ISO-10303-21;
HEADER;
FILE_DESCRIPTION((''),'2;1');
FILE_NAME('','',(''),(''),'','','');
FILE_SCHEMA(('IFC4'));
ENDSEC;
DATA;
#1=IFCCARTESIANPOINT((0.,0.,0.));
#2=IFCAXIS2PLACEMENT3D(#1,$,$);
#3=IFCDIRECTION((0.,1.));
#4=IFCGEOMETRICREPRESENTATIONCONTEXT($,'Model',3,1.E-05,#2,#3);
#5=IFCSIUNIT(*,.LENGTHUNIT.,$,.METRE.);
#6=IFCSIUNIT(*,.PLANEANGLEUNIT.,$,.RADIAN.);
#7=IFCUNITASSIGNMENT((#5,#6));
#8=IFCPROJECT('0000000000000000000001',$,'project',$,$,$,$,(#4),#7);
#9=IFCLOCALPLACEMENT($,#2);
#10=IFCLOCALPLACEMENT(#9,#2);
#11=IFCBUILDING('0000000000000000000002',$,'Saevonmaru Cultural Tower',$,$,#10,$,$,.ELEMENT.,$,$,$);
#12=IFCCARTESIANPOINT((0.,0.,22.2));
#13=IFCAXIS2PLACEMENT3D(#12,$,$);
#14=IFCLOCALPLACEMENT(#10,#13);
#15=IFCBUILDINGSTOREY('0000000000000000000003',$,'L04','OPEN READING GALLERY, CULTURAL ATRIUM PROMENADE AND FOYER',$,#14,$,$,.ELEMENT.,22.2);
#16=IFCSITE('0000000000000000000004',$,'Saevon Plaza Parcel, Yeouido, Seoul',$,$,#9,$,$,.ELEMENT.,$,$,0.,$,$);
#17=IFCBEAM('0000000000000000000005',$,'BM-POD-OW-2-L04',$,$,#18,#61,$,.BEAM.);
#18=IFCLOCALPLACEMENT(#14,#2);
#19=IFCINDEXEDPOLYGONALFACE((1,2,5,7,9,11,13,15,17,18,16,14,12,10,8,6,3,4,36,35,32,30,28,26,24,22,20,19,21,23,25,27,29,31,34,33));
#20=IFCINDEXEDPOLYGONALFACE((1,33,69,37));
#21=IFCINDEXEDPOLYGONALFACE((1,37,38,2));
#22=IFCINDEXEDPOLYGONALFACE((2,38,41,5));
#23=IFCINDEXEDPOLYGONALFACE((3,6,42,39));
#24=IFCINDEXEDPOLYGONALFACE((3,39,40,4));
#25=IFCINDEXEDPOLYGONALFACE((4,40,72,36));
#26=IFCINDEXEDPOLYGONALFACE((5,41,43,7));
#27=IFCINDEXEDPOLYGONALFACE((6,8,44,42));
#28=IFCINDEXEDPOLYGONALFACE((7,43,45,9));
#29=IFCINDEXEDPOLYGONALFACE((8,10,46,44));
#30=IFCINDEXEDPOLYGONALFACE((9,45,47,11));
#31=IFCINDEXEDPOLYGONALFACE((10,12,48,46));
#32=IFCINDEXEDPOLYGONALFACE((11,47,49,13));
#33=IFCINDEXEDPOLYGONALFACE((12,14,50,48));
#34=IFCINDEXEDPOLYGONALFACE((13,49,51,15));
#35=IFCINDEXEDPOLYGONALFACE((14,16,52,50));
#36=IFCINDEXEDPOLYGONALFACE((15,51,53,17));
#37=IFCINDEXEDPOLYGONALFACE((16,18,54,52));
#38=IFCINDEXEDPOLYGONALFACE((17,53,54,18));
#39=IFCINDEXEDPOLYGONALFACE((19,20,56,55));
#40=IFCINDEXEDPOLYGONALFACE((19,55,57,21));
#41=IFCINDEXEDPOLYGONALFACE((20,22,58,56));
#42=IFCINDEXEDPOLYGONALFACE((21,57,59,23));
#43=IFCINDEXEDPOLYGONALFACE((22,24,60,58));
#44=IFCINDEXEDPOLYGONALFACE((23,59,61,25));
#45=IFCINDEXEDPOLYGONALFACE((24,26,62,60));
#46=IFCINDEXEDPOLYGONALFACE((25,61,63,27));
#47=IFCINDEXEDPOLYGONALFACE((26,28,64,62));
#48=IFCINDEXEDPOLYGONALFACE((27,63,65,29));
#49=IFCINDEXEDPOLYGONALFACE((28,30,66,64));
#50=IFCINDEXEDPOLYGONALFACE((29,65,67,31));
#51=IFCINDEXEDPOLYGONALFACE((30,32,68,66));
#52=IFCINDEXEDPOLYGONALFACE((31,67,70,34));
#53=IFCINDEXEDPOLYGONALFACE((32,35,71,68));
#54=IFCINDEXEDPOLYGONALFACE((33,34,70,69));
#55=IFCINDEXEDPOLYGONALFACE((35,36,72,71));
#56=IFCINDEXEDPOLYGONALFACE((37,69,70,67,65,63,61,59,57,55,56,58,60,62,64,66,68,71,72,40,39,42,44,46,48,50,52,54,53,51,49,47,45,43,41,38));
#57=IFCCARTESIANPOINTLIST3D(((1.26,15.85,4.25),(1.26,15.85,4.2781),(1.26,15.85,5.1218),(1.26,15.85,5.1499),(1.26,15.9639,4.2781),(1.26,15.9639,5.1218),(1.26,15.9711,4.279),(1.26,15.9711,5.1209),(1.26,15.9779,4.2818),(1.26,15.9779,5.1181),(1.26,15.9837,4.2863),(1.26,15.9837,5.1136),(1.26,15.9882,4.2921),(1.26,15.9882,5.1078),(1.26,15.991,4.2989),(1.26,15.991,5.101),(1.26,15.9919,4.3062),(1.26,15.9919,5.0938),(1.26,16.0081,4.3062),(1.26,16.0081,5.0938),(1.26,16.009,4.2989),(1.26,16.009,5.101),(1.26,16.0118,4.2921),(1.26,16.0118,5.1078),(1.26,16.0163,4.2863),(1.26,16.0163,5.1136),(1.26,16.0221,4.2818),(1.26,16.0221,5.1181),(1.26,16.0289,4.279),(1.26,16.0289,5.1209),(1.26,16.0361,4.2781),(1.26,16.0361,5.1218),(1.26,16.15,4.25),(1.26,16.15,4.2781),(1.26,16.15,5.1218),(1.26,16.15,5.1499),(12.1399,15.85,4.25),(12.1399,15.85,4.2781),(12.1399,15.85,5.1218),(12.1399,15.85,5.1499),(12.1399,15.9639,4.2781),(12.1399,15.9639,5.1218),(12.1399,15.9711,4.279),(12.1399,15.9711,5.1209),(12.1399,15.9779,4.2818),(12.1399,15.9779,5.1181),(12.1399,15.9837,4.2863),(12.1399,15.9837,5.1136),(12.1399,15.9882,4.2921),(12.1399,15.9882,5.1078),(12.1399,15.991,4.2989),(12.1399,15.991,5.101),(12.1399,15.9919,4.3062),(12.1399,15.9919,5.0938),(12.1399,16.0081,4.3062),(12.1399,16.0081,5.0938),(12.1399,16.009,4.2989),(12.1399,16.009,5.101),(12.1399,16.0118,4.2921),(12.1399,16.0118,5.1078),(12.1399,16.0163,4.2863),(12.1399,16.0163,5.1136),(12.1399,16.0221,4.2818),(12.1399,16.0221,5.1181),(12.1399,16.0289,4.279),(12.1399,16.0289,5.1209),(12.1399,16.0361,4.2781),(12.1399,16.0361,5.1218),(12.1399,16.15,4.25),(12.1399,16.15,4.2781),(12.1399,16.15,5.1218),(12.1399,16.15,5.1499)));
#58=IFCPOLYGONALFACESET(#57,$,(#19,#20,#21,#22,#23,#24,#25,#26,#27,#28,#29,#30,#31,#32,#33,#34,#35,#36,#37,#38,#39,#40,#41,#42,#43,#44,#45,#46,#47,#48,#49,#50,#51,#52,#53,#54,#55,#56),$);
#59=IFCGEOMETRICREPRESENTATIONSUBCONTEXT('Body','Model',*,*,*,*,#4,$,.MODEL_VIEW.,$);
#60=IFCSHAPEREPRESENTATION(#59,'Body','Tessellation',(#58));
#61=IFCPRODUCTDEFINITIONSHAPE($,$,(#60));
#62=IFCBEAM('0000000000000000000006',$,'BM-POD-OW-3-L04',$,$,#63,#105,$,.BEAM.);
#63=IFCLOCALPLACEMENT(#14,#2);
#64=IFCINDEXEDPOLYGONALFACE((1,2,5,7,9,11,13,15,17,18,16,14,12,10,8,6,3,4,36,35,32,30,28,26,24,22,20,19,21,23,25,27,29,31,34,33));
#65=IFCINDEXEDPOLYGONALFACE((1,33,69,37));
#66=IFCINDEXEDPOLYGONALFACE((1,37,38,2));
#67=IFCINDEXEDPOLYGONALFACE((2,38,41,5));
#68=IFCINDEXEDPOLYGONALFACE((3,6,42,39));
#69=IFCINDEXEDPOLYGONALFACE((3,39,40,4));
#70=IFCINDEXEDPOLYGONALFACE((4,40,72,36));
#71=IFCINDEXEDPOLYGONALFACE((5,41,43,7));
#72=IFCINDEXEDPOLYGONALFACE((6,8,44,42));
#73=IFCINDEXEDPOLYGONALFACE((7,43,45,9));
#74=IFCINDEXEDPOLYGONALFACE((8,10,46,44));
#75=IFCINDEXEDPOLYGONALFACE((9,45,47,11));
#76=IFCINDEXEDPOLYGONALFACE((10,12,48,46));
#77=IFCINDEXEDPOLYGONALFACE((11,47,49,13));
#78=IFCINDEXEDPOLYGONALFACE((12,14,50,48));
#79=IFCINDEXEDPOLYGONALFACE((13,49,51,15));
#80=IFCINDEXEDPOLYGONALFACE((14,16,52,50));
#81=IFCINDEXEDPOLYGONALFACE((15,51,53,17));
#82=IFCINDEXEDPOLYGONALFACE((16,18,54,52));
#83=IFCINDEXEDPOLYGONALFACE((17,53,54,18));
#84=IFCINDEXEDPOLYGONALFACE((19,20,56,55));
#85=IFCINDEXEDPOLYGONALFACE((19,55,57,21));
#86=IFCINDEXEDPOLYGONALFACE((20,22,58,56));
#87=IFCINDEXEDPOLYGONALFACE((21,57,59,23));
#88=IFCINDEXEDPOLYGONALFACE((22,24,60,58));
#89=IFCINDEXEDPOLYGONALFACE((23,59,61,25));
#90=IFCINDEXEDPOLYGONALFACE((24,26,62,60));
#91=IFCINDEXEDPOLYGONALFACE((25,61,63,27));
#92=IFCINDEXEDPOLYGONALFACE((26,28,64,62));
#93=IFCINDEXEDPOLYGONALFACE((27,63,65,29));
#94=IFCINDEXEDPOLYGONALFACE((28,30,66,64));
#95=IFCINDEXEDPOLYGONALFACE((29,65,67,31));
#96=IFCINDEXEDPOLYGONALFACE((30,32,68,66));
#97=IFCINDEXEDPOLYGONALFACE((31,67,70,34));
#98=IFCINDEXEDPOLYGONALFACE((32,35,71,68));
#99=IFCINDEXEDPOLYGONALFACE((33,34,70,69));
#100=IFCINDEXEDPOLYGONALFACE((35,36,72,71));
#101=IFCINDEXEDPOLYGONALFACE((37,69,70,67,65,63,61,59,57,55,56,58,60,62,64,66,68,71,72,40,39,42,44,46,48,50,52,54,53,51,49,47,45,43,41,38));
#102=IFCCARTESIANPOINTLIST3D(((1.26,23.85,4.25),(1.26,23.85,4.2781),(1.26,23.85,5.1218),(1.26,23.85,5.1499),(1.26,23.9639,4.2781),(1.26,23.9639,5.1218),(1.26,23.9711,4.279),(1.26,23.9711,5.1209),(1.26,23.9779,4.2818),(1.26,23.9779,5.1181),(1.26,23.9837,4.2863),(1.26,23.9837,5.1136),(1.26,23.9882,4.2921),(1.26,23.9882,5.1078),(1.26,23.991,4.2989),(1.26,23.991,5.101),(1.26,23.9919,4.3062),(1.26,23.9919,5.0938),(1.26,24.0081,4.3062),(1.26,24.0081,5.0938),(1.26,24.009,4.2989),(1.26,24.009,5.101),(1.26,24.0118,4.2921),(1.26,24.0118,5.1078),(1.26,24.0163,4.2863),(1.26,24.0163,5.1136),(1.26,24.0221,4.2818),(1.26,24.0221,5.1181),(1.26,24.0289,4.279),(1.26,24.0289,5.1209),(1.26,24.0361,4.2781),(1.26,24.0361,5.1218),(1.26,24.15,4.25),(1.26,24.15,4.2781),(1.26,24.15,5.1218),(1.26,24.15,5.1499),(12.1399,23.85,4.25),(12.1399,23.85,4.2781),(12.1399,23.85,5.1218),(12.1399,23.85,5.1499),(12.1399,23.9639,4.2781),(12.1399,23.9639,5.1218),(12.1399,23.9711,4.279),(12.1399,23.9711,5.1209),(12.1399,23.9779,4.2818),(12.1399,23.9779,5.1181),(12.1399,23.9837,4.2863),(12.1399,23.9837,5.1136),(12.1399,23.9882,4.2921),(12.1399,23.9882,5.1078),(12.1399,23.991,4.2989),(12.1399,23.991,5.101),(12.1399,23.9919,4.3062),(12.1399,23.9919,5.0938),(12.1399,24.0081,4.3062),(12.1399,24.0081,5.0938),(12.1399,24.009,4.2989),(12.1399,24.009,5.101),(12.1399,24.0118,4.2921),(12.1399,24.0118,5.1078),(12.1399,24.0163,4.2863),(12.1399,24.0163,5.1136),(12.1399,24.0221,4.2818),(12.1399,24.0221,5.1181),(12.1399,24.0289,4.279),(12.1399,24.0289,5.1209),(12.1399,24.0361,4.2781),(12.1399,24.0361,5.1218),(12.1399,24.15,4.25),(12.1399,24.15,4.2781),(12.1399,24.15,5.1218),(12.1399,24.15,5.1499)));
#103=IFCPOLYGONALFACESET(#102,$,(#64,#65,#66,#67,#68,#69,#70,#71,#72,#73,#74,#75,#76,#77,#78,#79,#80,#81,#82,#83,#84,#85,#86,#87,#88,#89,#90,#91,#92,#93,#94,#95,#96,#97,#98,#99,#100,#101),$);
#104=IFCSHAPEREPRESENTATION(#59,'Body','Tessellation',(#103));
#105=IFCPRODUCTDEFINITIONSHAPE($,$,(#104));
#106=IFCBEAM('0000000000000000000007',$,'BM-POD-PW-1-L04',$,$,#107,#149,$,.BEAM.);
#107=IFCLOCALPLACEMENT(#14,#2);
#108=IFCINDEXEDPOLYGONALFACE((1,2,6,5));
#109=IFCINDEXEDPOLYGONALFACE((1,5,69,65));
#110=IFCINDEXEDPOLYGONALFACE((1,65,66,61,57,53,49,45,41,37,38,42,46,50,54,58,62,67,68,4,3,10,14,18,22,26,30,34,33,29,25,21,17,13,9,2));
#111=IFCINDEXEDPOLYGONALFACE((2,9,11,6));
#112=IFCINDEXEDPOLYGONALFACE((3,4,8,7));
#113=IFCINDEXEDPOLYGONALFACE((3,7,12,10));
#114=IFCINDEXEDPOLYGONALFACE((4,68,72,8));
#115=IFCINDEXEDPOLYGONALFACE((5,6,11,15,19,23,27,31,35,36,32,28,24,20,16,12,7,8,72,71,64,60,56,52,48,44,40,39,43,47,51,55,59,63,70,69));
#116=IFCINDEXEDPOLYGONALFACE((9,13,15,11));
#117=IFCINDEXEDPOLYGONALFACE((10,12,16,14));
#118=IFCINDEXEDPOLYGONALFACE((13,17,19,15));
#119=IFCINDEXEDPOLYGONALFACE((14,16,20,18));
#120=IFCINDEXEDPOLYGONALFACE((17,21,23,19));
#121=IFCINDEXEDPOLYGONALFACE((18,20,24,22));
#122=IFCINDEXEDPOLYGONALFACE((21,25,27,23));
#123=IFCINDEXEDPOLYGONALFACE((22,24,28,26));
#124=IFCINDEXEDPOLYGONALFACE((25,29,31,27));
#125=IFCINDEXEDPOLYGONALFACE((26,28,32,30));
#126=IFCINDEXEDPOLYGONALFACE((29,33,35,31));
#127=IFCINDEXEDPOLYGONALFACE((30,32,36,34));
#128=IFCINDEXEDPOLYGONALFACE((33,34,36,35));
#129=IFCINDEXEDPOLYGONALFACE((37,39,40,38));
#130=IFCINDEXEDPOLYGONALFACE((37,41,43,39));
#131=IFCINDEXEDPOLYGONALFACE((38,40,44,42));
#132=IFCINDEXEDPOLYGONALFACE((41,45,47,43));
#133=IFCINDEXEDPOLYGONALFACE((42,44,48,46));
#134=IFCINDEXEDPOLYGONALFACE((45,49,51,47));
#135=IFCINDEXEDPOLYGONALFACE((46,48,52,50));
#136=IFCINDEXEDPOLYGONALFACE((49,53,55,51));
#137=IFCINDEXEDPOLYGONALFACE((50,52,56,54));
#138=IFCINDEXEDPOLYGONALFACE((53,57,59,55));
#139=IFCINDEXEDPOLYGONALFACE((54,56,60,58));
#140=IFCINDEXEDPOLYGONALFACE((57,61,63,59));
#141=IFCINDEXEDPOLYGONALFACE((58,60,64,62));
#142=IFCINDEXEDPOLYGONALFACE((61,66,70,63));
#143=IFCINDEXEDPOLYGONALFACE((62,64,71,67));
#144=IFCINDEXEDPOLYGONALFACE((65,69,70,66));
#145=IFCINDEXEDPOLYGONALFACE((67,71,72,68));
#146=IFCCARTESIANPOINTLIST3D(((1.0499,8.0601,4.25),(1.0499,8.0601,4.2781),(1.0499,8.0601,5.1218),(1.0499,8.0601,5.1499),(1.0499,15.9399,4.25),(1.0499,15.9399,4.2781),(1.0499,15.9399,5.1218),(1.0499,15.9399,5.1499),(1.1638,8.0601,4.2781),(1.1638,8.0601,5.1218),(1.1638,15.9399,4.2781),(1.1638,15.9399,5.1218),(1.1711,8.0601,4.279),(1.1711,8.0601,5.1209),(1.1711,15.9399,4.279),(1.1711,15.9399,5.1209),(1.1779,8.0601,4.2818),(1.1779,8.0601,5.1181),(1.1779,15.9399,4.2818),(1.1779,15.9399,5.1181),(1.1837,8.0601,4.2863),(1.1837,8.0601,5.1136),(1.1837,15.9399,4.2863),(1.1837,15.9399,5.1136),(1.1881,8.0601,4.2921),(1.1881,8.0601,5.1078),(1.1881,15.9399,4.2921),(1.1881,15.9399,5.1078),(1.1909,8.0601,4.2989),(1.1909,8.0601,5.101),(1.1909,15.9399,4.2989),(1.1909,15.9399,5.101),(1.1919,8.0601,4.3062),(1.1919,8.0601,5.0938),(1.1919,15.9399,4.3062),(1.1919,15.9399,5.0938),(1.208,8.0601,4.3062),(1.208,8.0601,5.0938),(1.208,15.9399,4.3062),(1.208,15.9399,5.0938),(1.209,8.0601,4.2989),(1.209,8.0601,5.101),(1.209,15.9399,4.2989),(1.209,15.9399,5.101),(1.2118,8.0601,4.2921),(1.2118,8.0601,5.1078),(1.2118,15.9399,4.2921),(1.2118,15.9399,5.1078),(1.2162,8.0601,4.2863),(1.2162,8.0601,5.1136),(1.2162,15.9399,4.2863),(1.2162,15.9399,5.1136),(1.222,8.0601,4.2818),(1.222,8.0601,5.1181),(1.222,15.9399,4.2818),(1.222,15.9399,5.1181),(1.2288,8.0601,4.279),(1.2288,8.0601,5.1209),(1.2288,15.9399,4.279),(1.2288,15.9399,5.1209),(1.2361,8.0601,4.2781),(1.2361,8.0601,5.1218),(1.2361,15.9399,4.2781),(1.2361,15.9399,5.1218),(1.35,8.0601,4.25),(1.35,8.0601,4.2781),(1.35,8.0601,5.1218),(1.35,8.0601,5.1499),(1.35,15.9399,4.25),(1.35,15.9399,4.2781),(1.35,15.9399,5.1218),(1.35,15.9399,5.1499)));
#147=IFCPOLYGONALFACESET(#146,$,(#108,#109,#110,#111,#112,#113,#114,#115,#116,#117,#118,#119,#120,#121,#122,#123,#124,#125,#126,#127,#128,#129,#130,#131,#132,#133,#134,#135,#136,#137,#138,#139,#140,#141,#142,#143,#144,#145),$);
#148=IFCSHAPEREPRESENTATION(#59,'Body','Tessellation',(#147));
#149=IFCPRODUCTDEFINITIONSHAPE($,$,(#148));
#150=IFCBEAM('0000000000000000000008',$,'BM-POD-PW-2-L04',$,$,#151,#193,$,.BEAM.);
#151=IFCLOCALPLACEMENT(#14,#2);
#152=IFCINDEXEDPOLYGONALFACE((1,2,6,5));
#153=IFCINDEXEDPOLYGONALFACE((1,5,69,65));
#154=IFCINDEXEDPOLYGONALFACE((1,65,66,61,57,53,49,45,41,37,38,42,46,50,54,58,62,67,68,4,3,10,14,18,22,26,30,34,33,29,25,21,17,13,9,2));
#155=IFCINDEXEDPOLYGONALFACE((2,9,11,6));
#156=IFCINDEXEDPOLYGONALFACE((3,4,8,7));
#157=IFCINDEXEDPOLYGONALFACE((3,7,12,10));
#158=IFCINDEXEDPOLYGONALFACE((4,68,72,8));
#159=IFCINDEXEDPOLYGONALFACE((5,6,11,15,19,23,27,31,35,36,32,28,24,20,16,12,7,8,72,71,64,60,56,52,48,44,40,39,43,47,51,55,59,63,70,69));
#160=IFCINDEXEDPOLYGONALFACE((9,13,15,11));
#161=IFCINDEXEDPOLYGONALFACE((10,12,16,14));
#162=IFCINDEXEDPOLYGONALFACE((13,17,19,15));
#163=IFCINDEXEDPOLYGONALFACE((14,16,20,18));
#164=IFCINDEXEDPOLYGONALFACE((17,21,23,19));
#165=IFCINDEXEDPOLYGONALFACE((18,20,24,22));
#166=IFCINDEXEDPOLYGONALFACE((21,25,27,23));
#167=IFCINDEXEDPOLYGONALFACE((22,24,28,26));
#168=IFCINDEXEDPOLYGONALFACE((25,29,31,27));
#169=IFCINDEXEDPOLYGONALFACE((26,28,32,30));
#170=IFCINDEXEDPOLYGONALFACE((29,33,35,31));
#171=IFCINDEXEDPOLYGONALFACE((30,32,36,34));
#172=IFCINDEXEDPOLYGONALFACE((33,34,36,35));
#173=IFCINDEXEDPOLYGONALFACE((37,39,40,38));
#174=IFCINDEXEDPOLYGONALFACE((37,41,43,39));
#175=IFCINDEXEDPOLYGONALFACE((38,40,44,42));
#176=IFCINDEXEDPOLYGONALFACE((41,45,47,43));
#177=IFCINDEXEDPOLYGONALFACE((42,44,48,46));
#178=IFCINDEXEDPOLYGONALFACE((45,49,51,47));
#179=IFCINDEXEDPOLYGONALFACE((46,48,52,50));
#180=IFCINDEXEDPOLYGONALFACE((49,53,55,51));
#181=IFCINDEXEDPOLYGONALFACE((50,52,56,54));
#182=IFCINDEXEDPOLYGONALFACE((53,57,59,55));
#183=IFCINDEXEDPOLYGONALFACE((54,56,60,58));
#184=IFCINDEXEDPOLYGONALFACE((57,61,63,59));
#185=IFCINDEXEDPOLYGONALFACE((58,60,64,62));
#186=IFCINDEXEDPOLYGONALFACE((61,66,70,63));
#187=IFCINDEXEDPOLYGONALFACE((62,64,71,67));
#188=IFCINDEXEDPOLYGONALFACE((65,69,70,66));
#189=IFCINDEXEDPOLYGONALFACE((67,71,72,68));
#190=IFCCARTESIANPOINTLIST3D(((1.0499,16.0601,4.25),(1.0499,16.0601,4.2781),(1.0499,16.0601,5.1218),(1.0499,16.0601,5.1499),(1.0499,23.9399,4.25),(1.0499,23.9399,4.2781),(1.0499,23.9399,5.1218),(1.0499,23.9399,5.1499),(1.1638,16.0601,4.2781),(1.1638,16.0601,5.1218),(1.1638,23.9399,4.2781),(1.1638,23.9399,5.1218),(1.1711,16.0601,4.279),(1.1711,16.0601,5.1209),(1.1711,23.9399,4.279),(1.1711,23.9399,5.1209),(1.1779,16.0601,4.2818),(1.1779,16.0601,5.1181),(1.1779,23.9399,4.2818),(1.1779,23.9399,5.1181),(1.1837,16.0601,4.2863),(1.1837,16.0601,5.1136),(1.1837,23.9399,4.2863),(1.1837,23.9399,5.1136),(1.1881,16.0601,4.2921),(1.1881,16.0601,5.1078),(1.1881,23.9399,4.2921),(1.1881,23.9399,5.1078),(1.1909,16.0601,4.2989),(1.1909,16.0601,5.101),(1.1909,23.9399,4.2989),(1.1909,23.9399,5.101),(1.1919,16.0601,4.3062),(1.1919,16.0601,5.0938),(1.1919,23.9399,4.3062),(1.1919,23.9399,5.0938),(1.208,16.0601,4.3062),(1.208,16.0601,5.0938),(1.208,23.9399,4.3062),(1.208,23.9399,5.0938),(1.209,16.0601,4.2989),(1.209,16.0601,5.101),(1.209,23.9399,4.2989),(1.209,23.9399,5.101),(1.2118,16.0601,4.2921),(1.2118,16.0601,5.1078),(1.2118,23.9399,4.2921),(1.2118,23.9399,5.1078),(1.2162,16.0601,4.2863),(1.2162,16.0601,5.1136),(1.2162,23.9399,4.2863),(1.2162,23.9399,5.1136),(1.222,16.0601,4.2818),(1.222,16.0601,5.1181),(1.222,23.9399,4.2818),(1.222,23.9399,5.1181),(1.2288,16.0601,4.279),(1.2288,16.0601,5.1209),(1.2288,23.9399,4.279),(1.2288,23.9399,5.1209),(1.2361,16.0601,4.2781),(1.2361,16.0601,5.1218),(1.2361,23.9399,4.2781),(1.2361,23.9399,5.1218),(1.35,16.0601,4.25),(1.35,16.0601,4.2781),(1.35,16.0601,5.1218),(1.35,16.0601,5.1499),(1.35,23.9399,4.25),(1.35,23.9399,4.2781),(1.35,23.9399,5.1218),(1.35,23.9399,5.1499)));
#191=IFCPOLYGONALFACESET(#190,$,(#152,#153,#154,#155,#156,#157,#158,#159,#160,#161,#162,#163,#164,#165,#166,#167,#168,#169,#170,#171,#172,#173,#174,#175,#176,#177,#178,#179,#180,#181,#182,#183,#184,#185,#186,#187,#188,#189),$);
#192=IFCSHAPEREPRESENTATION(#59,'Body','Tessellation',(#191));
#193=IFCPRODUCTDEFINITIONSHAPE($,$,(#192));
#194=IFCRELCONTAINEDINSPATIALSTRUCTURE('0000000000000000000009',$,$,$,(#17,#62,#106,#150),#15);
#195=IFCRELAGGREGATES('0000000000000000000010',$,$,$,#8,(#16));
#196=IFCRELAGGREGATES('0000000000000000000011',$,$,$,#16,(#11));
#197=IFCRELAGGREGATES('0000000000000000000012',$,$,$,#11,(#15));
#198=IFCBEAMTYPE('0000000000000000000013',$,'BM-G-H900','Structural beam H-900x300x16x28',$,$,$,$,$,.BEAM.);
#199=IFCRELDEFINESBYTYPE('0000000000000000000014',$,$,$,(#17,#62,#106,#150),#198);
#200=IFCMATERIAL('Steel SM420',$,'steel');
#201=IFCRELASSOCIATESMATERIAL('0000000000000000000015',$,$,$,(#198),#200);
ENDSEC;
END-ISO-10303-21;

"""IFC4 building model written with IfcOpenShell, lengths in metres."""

from ifc_helpers import new_model, si_unit, direction, frame, origin, origin_2d, place, context, subcontext, project, spatial, i_section, extrude, material, material_profile, profile_set, type_object, element, save


model = new_model("IFC4")

# Units and contexts
model_context = context("Model", 3, precision=1e-05, world=origin(), true_north=direction((0.0, 1.0)))
body_context = subcontext(model_context, "Body", "Model", "MODEL_VIEW")
ifc_project = project(units=[si_unit("LENGTHUNIT", "METRE"), si_unit("PLANEANGLEUNIT", "RADIAN")], contexts=[model_context])

# Site, building, storey
site_placement = place(None, origin())
site = spatial("IfcSite", under=ifc_project, at=site_placement, Name="Saevon Plaza Parcel, Yeouido, Seoul", CompositionType="ELEMENT", RefElevation=0.0)
building_placement = place(site_placement, origin())
building = spatial("IfcBuilding", under=site, at=building_placement, Name="Saevonmaru Cultural Tower", CompositionType="ELEMENT")
storey_placement = place(building_placement, frame((0.0, 0.0, 22.2)))
storey = spatial("IfcBuildingStorey", under=building, at=storey_placement, Name="L04", Description="OPEN READING GALLERY, CULTURAL ATRIUM PROMENADE AND FOYER", CompositionType="ELEMENT", Elevation=22.2)

# Shared definitions
ifc_material_1 = material(Name="Steel SM420", Category="steel")

# Beams
ifc_material_profile_1 = material_profile(ifc_material_1, i_section(OverallWidth=0.3, OverallDepth=0.8999, WebThickness=0.0161, FlangeThickness=0.0281, FilletRadius=0.0281, at=origin_2d()), Name="H-900x300x16x28")
ifc_profile_set_1 = profile_set([ifc_material_profile_1], Name="Steel SM420")
beam_type_1 = type_object("IfcBeamType", Name="BM-G-H900", Description="Structural beam H-900x300x16x28", PredefinedType="BEAM", material=ifc_profile_set_1)
for number, where, z_axis, x_axis, name in (
    (1, (1.26, 16.0, 4.7), (1.0, 0.0, 0.0), (0.0, 1.0, 0.0), "BM-POD-OW-2-L04"),
    (2, (1.26, 24.0, 4.7), (1.0, 0.0, 0.0), (0.0, 1.0, 0.0), "BM-POD-OW-3-L04"),
):
    element("IfcBeam", number, at=place(storey_placement, frame(where, z_axis=z_axis, x_axis=x_axis)), inside=storey, type_object=beam_type_1, Name=name, PredefinedType="BEAM", context=body_context, shape_type="SweptSolid", body=[
        extrude(i_section(OverallWidth=0.3, OverallDepth=0.8999, WebThickness=0.0161, FlangeThickness=0.0281, FilletRadius=0.0281, at=origin_2d()), origin(), (0.0, 0.0, 1.0), 10.8799),
    ])
for number, where, z_axis, x_axis, name in (
    (3, (1.2, 8.0601, 4.7), (0.0, 1.0, 0.0), (-1.0, 0.0, 0.0), "BM-POD-PW-1-L04"),
    (4, (1.2, 16.0601, 4.7), (0.0, 1.0, 0.0), (-1.0, 0.0, 0.0), "BM-POD-PW-2-L04"),
):
    element("IfcBeam", number, at=place(storey_placement, frame(where, z_axis=z_axis, x_axis=x_axis)), inside=storey, type_object=beam_type_1, Name=name, PredefinedType="BEAM", context=body_context, shape_type="SweptSolid", body=[
        extrude(i_section(OverallWidth=0.3, OverallDepth=0.8999, WebThickness=0.0161, FlangeThickness=0.0281, FilletRadius=0.0281, at=origin_2d()), origin(), (0.0, 0.0, 1.0), 7.8799),
    ])

save(model, "model.ifc")
